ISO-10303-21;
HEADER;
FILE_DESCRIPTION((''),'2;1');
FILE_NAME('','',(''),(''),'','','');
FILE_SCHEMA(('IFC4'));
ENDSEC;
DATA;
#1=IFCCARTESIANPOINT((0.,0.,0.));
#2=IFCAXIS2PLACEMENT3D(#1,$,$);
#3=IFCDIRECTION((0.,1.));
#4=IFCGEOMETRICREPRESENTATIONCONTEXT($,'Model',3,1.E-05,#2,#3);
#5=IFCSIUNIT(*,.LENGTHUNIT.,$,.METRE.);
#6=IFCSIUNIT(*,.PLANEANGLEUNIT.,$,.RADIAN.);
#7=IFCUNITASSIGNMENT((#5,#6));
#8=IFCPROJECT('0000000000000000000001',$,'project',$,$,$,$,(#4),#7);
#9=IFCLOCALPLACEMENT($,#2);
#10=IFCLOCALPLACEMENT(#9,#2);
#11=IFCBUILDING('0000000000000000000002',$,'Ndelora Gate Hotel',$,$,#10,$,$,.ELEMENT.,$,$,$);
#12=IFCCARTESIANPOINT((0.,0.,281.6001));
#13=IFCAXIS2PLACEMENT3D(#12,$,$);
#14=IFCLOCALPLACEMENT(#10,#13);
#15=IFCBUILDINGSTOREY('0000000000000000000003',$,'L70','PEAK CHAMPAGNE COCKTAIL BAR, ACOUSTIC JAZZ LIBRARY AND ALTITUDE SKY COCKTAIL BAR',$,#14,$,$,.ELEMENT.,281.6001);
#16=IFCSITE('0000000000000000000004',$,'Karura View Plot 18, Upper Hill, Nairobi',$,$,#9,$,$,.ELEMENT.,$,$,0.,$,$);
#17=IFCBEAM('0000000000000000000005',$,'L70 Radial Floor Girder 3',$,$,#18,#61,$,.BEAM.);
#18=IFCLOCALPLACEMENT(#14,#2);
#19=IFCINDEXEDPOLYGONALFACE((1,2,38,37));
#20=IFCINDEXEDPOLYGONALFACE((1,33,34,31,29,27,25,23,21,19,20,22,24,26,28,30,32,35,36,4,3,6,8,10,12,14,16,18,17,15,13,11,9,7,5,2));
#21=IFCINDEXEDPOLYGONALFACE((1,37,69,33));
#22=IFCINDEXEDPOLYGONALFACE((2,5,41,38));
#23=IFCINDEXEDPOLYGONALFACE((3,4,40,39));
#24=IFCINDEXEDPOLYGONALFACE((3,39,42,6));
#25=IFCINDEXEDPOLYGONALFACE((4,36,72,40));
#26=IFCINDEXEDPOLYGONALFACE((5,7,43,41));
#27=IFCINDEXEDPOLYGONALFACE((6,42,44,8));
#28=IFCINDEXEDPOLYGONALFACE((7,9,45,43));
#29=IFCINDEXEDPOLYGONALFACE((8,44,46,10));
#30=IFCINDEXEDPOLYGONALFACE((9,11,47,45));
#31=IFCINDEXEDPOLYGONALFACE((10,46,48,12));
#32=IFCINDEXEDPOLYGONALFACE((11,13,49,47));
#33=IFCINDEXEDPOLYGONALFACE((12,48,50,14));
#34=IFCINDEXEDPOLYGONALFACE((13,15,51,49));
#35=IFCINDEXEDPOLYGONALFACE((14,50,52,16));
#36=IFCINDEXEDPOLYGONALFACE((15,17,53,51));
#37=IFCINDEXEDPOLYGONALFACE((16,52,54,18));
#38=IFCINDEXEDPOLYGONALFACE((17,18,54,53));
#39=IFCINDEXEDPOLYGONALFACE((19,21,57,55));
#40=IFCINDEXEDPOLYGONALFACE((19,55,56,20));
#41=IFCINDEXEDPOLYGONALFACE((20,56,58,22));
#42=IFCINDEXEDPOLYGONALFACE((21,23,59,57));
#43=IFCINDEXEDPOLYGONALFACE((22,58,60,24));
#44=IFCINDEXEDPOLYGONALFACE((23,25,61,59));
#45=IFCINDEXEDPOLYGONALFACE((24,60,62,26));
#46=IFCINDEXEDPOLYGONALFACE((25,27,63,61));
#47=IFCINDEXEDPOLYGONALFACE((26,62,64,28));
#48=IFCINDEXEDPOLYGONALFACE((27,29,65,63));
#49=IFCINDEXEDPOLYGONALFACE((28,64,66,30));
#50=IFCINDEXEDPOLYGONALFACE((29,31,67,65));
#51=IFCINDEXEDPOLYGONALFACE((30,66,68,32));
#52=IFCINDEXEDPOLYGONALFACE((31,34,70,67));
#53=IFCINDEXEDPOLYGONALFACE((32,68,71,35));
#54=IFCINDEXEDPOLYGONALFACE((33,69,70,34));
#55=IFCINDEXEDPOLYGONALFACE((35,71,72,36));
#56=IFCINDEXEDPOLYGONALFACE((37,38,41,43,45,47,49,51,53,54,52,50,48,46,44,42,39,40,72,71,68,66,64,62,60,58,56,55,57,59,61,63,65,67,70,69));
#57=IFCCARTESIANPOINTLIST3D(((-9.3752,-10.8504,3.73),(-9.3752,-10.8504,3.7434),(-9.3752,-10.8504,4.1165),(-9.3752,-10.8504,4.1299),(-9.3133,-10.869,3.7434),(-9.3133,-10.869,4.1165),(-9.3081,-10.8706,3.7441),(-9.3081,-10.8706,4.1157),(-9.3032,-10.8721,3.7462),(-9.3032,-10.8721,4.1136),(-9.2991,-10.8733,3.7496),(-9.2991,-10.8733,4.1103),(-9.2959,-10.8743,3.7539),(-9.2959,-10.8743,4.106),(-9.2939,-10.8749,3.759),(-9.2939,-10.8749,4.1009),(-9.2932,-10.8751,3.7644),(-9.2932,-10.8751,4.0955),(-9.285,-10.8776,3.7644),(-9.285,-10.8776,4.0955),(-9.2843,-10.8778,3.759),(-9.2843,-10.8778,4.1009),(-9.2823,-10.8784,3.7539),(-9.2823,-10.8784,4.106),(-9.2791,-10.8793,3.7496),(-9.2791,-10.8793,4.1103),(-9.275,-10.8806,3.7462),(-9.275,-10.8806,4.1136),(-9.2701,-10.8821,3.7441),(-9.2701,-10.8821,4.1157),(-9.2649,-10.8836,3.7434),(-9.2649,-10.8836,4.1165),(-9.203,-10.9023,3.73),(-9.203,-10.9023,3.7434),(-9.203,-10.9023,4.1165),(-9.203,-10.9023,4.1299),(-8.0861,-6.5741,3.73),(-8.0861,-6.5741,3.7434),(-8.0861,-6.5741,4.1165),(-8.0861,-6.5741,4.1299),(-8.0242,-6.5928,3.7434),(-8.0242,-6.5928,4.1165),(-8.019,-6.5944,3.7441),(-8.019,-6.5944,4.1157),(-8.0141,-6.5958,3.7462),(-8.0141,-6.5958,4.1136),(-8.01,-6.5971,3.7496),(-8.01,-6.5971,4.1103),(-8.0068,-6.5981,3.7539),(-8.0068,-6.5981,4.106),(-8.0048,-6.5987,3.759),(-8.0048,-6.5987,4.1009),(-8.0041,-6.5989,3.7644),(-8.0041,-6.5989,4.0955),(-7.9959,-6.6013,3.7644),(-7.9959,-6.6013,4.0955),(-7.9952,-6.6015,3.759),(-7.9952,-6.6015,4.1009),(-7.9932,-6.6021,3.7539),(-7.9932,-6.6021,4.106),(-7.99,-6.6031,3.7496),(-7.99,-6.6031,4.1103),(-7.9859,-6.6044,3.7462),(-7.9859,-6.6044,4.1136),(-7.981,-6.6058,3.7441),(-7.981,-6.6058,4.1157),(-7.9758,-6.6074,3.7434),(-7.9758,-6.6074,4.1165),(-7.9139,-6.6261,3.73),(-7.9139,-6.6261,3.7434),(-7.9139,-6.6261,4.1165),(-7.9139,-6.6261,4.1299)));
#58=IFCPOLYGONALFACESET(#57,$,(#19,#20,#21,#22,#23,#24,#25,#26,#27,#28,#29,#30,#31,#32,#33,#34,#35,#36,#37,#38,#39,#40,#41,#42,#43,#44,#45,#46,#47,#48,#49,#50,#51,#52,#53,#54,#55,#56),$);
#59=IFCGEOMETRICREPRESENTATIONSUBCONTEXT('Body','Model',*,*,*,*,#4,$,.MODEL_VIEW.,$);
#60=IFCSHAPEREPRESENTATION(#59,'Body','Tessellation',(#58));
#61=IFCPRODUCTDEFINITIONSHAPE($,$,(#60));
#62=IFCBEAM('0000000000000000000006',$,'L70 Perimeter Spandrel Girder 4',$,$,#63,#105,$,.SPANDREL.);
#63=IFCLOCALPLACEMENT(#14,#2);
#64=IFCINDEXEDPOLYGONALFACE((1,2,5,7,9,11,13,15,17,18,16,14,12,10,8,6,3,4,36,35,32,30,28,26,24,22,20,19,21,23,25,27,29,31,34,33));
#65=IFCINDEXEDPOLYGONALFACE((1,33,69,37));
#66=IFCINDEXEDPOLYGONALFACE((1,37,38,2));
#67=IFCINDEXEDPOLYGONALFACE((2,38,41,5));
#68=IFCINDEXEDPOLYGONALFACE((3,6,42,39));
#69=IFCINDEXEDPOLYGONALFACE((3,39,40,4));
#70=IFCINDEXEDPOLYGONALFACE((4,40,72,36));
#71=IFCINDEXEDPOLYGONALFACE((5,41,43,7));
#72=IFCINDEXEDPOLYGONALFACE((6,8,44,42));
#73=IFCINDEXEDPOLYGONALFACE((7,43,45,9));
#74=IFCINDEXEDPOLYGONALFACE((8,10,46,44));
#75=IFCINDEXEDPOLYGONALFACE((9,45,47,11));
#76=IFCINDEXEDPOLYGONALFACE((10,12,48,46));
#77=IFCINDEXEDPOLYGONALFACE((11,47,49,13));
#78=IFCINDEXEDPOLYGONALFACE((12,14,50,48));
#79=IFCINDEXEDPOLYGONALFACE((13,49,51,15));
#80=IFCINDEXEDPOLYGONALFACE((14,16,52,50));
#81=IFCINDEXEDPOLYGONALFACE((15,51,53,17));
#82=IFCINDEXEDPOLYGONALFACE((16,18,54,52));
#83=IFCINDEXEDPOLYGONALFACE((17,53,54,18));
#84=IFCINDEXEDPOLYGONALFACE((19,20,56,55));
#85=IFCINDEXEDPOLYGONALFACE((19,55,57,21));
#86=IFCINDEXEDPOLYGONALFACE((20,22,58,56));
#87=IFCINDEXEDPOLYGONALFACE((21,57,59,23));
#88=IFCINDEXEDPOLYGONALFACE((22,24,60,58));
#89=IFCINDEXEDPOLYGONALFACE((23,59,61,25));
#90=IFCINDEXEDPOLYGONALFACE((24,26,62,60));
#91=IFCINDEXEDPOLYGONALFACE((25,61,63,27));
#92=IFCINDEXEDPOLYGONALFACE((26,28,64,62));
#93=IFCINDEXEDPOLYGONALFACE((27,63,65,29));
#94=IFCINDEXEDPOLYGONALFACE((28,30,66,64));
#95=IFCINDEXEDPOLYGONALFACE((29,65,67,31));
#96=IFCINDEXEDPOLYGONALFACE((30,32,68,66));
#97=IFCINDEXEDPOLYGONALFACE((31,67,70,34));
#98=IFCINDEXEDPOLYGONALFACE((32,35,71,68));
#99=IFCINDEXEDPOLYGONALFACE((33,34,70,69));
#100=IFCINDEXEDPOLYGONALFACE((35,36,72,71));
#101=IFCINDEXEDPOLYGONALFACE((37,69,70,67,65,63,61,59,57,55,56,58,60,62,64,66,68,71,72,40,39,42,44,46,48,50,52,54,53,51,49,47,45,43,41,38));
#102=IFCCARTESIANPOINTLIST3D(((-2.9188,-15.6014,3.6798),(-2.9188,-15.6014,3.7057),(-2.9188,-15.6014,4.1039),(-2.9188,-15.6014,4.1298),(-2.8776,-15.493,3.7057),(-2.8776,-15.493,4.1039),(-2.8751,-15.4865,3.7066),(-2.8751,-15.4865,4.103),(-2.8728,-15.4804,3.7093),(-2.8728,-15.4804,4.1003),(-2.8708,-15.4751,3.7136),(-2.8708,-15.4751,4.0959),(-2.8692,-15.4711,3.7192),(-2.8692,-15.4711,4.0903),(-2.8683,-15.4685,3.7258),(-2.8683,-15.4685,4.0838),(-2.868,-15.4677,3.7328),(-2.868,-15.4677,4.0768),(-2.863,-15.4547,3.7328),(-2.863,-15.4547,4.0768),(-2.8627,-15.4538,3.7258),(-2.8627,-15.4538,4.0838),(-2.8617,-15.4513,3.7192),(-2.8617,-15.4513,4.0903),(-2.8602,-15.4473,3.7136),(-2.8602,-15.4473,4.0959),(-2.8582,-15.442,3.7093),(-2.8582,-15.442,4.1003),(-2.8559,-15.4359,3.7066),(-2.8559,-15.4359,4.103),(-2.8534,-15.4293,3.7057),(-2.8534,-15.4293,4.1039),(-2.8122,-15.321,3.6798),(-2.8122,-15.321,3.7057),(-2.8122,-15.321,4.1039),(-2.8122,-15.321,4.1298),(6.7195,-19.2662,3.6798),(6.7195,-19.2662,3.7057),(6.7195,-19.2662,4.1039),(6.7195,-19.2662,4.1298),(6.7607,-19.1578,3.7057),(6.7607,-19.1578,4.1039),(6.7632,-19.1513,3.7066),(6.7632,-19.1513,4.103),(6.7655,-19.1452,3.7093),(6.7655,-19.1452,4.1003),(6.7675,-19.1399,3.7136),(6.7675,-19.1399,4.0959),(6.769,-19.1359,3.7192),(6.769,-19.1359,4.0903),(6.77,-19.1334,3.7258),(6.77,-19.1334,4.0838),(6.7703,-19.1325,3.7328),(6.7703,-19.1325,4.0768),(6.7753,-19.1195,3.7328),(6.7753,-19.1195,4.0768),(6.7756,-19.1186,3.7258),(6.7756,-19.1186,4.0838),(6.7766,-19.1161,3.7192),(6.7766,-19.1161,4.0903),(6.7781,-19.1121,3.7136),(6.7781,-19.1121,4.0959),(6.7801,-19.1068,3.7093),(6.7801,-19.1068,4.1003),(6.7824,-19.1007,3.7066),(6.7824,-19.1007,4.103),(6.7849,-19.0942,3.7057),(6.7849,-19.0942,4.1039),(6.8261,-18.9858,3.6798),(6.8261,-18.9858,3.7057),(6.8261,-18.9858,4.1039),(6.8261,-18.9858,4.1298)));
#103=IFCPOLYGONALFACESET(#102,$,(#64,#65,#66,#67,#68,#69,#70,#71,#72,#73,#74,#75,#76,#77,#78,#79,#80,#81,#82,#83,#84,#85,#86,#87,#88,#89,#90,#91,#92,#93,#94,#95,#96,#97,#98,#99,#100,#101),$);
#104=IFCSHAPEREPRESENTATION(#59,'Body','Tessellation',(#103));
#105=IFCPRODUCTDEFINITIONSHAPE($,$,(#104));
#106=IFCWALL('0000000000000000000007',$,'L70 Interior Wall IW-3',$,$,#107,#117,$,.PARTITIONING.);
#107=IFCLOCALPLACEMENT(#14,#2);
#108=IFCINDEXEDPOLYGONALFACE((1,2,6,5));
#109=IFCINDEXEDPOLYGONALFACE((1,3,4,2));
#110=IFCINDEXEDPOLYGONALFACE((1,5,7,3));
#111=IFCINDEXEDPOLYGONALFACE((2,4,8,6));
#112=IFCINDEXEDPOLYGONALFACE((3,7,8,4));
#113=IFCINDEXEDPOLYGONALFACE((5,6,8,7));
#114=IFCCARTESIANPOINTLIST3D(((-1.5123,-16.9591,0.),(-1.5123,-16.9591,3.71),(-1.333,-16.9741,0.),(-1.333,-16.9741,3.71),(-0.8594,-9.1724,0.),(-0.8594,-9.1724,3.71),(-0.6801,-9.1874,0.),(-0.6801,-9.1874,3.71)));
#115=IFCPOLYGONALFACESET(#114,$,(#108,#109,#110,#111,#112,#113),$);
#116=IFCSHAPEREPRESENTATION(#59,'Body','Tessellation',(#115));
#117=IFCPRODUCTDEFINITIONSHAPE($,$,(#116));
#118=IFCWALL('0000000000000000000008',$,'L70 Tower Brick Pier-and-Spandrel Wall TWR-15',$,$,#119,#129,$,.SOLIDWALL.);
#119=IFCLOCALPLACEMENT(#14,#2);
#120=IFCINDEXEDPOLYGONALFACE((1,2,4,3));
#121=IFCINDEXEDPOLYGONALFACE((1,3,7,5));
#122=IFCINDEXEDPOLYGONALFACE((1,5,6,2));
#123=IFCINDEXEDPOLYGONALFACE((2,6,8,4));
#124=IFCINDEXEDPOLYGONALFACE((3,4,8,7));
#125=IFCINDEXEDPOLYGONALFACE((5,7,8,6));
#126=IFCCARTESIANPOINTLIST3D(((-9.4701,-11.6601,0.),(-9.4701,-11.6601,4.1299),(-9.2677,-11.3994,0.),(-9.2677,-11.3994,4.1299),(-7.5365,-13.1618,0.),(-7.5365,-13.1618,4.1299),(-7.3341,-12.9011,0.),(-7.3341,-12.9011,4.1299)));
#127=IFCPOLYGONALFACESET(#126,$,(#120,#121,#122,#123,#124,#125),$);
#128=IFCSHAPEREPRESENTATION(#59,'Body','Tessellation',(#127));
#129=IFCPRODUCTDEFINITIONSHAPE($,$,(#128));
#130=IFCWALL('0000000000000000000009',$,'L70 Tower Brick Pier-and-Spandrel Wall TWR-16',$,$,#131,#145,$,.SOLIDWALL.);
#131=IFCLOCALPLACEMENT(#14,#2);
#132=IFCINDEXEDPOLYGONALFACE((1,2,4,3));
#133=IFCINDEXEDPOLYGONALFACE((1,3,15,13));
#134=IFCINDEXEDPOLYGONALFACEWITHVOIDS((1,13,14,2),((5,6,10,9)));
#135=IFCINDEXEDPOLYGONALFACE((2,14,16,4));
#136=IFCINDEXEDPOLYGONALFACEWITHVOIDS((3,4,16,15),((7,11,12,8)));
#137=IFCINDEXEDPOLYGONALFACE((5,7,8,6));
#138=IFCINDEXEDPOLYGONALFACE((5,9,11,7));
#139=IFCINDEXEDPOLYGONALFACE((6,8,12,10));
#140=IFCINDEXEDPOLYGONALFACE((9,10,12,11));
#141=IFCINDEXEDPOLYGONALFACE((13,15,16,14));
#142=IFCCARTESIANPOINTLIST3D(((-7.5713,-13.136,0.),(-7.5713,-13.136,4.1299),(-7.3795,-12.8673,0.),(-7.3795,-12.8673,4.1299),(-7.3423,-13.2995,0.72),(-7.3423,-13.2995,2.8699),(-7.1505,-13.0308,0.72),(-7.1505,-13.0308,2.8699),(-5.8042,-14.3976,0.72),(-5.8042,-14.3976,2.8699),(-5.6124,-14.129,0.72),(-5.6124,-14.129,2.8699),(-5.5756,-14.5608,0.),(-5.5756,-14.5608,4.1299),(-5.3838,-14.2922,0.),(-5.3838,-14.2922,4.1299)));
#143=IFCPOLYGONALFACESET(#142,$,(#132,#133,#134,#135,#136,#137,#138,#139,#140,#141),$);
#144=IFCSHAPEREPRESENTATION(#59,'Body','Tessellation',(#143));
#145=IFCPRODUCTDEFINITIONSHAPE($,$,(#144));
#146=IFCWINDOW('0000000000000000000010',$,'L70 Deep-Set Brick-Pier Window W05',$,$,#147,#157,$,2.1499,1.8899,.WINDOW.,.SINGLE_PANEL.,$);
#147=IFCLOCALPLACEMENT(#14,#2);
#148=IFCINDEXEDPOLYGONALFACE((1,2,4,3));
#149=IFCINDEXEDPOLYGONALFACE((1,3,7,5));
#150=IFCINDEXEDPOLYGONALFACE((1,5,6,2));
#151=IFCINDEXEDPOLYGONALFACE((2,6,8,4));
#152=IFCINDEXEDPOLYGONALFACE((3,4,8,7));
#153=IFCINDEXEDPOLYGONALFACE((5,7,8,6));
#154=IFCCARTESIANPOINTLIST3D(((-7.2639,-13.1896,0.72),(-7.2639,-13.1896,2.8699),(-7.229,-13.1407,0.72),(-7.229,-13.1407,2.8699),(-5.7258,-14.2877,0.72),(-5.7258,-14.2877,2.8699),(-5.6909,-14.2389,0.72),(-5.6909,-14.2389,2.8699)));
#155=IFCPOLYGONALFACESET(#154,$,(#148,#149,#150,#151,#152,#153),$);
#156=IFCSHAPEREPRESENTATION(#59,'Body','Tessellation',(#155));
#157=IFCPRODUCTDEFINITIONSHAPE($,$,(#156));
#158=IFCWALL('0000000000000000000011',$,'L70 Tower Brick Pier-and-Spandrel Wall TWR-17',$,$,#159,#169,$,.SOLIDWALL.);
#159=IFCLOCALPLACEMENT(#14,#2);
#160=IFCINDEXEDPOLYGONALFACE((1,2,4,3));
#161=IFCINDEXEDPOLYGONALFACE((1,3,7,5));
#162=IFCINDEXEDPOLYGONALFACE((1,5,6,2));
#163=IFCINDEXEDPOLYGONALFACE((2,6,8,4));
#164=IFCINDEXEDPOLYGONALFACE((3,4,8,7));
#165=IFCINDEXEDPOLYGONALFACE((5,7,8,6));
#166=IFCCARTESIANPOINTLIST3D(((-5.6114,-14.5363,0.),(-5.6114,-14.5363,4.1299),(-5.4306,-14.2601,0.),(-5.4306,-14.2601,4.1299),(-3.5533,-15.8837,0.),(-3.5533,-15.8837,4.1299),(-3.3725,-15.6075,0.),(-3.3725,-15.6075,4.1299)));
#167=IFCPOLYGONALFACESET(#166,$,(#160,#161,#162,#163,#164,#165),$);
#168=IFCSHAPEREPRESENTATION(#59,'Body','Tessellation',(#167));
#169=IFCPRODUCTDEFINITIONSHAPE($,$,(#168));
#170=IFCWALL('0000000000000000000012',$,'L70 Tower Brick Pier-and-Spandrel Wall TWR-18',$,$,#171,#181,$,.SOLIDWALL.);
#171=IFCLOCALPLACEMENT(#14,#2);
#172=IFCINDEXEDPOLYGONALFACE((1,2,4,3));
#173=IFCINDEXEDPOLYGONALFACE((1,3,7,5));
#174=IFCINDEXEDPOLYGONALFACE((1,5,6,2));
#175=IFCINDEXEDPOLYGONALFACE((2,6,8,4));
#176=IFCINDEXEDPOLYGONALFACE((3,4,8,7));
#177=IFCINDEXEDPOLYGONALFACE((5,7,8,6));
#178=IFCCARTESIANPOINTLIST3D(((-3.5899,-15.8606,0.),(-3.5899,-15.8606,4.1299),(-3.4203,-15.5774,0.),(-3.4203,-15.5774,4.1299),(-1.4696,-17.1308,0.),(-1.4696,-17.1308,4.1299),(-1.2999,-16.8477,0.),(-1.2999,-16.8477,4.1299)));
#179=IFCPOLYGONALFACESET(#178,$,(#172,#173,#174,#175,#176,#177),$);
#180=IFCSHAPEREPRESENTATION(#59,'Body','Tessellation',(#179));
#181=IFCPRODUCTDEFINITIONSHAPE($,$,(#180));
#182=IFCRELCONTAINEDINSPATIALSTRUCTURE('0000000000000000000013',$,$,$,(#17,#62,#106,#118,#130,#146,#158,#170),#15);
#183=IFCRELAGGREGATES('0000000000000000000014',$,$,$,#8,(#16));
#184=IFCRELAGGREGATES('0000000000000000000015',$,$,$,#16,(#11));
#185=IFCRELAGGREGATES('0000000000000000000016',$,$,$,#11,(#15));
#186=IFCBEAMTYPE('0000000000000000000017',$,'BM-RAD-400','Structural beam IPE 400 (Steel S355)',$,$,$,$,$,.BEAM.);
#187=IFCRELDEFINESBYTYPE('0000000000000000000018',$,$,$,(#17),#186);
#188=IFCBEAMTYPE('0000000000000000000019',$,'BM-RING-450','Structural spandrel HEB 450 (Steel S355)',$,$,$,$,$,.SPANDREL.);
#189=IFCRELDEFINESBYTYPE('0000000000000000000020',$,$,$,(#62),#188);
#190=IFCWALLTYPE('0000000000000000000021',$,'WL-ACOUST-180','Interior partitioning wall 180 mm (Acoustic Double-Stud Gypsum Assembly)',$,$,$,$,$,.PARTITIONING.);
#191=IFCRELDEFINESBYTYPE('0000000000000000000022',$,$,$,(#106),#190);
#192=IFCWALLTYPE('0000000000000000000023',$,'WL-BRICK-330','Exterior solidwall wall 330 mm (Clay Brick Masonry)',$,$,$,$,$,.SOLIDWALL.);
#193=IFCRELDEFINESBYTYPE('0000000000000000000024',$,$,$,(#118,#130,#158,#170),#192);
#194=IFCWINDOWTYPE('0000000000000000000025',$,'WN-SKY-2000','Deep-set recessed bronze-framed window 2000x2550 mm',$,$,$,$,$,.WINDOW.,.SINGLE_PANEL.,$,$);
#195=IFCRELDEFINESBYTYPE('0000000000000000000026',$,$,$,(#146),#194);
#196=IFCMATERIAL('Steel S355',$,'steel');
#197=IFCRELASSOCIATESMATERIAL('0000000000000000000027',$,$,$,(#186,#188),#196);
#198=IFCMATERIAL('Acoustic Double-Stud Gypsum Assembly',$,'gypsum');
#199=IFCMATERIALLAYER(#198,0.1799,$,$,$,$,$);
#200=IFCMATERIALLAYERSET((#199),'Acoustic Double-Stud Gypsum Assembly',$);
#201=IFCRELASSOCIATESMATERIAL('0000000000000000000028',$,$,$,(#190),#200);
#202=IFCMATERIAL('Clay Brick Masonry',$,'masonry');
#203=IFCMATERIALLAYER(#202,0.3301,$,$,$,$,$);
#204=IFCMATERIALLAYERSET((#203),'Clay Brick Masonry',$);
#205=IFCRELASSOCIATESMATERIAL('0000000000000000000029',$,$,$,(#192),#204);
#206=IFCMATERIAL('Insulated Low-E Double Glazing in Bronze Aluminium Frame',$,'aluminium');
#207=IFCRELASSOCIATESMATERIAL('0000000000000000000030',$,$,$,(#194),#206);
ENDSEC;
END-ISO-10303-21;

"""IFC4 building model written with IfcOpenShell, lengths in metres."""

from ifc_helpers import new_model, si_unit, direction, frame, frame_2d, origin, origin_2d, place, context, subcontext, project, spatial, rectangle, i_section, extrude, material, layer, layer_set, material_profile, profile_set, type_object, element, fill, save


model = new_model("IFC4")

# Units and contexts
model_context = context("Model", 3, precision=1e-05, world=origin(), true_north=direction((0.0, 1.0)))
body_context = subcontext(model_context, "Body", "Model", "MODEL_VIEW")
ifc_project = project(units=[si_unit("LENGTHUNIT", "METRE"), si_unit("PLANEANGLEUNIT", "RADIAN")], contexts=[model_context])

# Site, building, storey
site_placement = place(None, origin())
site = spatial("IfcSite", under=ifc_project, at=site_placement, Name="Karura View Plot 18, Upper Hill, Nairobi", CompositionType="ELEMENT", RefElevation=0.0)
building_placement = place(site_placement, origin())
building = spatial("IfcBuilding", under=site, at=building_placement, Name="Ndelora Gate Hotel", CompositionType="ELEMENT")
storey_placement = place(building_placement, frame((0.0, 0.0, 281.6001)))
storey = spatial("IfcBuildingStorey", under=building, at=storey_placement, Name="L70", Description="PEAK CHAMPAGNE COCKTAIL BAR, ACOUSTIC JAZZ LIBRARY AND ALTITUDE SKY COCKTAIL BAR", CompositionType="ELEMENT", Elevation=281.6001)

# Beams
ifc_material_1 = material(Name="Steel S355", Category="steel")
ifc_material_profile_1 = material_profile(ifc_material_1, i_section(OverallWidth=0.1799, OverallDepth=0.3999, WebThickness=0.0085, FlangeThickness=0.0134, FilletRadius=0.021, at=origin_2d()), Name="IPE 400")
ifc_profile_set_1 = profile_set([ifc_material_profile_1], Name="Steel S355")
beam_type_1 = type_object("IfcBeamType", Name="BM-RAD-400", Description="Structural beam IPE 400 (Steel S355)", PredefinedType="BEAM", material=ifc_profile_set_1)
beam_1_placement = place(storey_placement, frame((-8.0, -6.6001, 3.9299), z_axis=(-0.288626, -0.957442, 0.0), x_axis=(0.957442, -0.288626, 0.0)))
element("IfcBeam", 1, at=beam_1_placement, inside=storey, type_object=beam_type_1, Name="L70 Radial Floor Girder 3", PredefinedType="BEAM", context=body_context, shape_type="SweptSolid", body=[
    extrude(i_section(OverallWidth=0.1799, OverallDepth=0.3999, WebThickness=0.0085, FlangeThickness=0.0134, FilletRadius=0.021, at=origin_2d()), origin(), (0.0, 0.0, 1.0), 4.4663),
])
ifc_material_profile_2 = material_profile(ifc_material_1, i_section(OverallWidth=0.3, OverallDepth=0.45, WebThickness=0.0139, FlangeThickness=0.0259, FilletRadius=0.0271, at=origin_2d()), Name="HEB 450")
ifc_profile_set_2 = profile_set([ifc_material_profile_2], Name="Steel S355")
beam_type_2 = type_object("IfcBeamType", Name="BM-RING-450", Description="Structural spandrel HEB 450 (Steel S355)", PredefinedType="SPANDREL", material=ifc_profile_set_2)
beam_2_placement = place(storey_placement, frame((-2.8655, -15.4612, 3.9048), z_axis=(0.93471, -0.355411, 0.0), x_axis=(0.355411, 0.93471, 0.0)))
element("IfcBeam", 2, at=beam_2_placement, inside=storey, type_object=beam_type_2, Name="L70 Perimeter Spandrel Girder 4", PredefinedType="SPANDREL", context=body_context, shape_type="SweptSolid", body=[
    extrude(i_section(OverallWidth=0.3, OverallDepth=0.45, WebThickness=0.0139, FlangeThickness=0.0259, FilletRadius=0.0271, at=origin_2d()), origin(), (0.0, 0.0, 1.0), 10.3115),
])

# Walls
ifc_material_2 = material(Name="Acoustic Double-Stud Gypsum Assembly", Category="gypsum")
ifc_layer_1 = layer(ifc_material_2, 0.1799)
ifc_layer_set_1 = layer_set([ifc_layer_1], Name="Acoustic Double-Stud Gypsum Assembly")
wall_type_1 = type_object("IfcWallType", Name="WL-ACOUST-180", Description="Interior partitioning wall 180 mm (Acoustic Double-Stud Gypsum Assembly)", PredefinedType="PARTITIONING", material=ifc_layer_set_1)
wall_1_placement = place(storey_placement, frame((-0.7698, -9.1799, 0.0), z_axis=(0.0, 0.0, 1.0), x_axis=(-0.083547, -0.996504, 0.0)))
element("IfcWall", 3, at=wall_1_placement, inside=storey, type_object=wall_type_1, Name="L70 Interior Wall IW-3", PredefinedType="PARTITIONING", context=body_context, shape_type="SweptSolid", body=[
    extrude(rectangle(XDim=7.814, YDim=0.1799, at=frame_2d((3.907, 0.0))), origin(), (0.0, 0.0, 1.0), 3.71),
])
ifc_material_3 = material(Name="Clay Brick Masonry", Category="masonry")
ifc_layer_2 = layer(ifc_material_3, 0.3301)
ifc_layer_set_2 = layer_set([ifc_layer_2], Name="Clay Brick Masonry")
wall_type_2 = type_object("IfcWallType", Name="WL-BRICK-330", Description="Exterior solidwall wall 330 mm (Clay Brick Masonry)", PredefinedType="SOLIDWALL", material=ifc_layer_set_2)
wall_2_placement = place(storey_placement, frame((-7.4353, -13.0315, 0.0), z_axis=(0.0, 0.0, 1.0), x_axis=(-0.789787, 0.613381, 0.0)))
element("IfcWall", 4, at=wall_2_placement, inside=storey, type_object=wall_type_2, Name="L70 Tower Brick Pier-and-Spandrel Wall TWR-15", PredefinedType="SOLIDWALL", context=body_context, shape_type="SweptSolid", body=[
    extrude(rectangle(XDim=2.4482, YDim=0.3301, at=frame_2d((1.2241, 0.0))), origin(), (0.0, 0.0, 1.0), 4.1299),
])

# Wall, opening, window
wall_3_placement = place(storey_placement, frame((-5.4797, -14.4265, 0.0), z_axis=(0.0, 0.0, 1.0), x_axis=(-0.813855, 0.581069, 0.0)))
wall_3 = element("IfcWall", 5, at=wall_3_placement, inside=storey, type_object=wall_type_2, Name="L70 Tower Brick Pier-and-Spandrel Wall TWR-16", PredefinedType="SOLIDWALL", context=body_context, shape_type="SweptSolid", body=[
    extrude(rectangle(XDim=2.4521, YDim=0.3301, at=frame_2d((1.2261, 0.0))), origin(), (0.0, 0.0, 1.0), 4.1299),
])
opening_placement = place(wall_3_placement, frame((0.281, 0.0, 0.72)))
opening = element("IfcOpeningElement", 6, at=opening_placement, cuts=wall_3, PredefinedType="OPENING", context=body_context, shape_type="SweptSolid", body=[
    extrude(rectangle(XDim=1.8899, YDim=2.1499, at=frame_2d((0.9448, 1.075))), frame((0.0, 0.175, 0.0), z_axis=(0.0, -1.0, 0.0), x_axis=(1.0, 0.0, 0.0)), (0.0, 0.0, 1.0), 0.3501),
])
ifc_material_4 = material(Name="Insulated Low-E Double Glazing in Bronze Aluminium Frame", Category="aluminium")
window_type = type_object("IfcWindowType", Name="WN-SKY-2000", Description="Deep-set recessed bronze-framed window 2000x2550 mm", PartitioningType="SINGLE_PANEL", PredefinedType="WINDOW", material=ifc_material_4)
window_placement = place(opening_placement, origin())
window = element("IfcWindow", 7, at=window_placement, inside=storey, type_object=window_type, Name="L70 Deep-Set Brick-Pier Window W05", OverallHeight=2.1499, OverallWidth=1.8899, PartitioningType="SINGLE_PANEL", PredefinedType="WINDOW", context=body_context, shape_type="SweptSolid", body=[
    extrude(rectangle(XDim=1.8899, YDim=2.1499, at=frame_2d((0.9448, 1.075))), frame((0.0, 0.03, 0.0), z_axis=(0.0, -1.0, 0.0), x_axis=(1.0, 0.0, 0.0)), (0.0, 0.0, 1.0), 0.0601),
])
fill(opening, window)

# Walls
wall_4_placement = place(storey_placement, frame((-3.4629, -15.7456, 0.0), z_axis=(0.0, 0.0, 1.0), x_axis=(-0.836648, 0.547741, 0.0)))
element("IfcWall", 8, at=wall_4_placement, inside=storey, type_object=wall_type_2, Name="L70 Tower Brick Pier-and-Spandrel Wall TWR-17", PredefinedType="SOLIDWALL", context=body_context, shape_type="SweptSolid", body=[
    extrude(rectangle(XDim=2.46, YDim=0.3301, at=frame_2d((1.23, 0.0))), origin(), (0.0, 0.0, 1.0), 4.1299),
])
wall_5_placement = place(storey_placement, frame((-1.3848, -16.9893, 0.0), z_axis=(0.0, 0.0, 1.0), x_axis=(-0.857841, 0.513915, 0.0)))
element("IfcWall", 9, at=wall_5_placement, inside=storey, type_object=wall_type_2, Name="L70 Tower Brick Pier-and-Spandrel Wall TWR-18", PredefinedType="SOLIDWALL", context=body_context, shape_type="SweptSolid", body=[
    extrude(rectangle(XDim=2.4717, YDim=0.3301, at=frame_2d((1.2358, 0.0))), origin(), (0.0, 0.0, 1.0), 4.1299),
])

save(model, "model.ifc")
